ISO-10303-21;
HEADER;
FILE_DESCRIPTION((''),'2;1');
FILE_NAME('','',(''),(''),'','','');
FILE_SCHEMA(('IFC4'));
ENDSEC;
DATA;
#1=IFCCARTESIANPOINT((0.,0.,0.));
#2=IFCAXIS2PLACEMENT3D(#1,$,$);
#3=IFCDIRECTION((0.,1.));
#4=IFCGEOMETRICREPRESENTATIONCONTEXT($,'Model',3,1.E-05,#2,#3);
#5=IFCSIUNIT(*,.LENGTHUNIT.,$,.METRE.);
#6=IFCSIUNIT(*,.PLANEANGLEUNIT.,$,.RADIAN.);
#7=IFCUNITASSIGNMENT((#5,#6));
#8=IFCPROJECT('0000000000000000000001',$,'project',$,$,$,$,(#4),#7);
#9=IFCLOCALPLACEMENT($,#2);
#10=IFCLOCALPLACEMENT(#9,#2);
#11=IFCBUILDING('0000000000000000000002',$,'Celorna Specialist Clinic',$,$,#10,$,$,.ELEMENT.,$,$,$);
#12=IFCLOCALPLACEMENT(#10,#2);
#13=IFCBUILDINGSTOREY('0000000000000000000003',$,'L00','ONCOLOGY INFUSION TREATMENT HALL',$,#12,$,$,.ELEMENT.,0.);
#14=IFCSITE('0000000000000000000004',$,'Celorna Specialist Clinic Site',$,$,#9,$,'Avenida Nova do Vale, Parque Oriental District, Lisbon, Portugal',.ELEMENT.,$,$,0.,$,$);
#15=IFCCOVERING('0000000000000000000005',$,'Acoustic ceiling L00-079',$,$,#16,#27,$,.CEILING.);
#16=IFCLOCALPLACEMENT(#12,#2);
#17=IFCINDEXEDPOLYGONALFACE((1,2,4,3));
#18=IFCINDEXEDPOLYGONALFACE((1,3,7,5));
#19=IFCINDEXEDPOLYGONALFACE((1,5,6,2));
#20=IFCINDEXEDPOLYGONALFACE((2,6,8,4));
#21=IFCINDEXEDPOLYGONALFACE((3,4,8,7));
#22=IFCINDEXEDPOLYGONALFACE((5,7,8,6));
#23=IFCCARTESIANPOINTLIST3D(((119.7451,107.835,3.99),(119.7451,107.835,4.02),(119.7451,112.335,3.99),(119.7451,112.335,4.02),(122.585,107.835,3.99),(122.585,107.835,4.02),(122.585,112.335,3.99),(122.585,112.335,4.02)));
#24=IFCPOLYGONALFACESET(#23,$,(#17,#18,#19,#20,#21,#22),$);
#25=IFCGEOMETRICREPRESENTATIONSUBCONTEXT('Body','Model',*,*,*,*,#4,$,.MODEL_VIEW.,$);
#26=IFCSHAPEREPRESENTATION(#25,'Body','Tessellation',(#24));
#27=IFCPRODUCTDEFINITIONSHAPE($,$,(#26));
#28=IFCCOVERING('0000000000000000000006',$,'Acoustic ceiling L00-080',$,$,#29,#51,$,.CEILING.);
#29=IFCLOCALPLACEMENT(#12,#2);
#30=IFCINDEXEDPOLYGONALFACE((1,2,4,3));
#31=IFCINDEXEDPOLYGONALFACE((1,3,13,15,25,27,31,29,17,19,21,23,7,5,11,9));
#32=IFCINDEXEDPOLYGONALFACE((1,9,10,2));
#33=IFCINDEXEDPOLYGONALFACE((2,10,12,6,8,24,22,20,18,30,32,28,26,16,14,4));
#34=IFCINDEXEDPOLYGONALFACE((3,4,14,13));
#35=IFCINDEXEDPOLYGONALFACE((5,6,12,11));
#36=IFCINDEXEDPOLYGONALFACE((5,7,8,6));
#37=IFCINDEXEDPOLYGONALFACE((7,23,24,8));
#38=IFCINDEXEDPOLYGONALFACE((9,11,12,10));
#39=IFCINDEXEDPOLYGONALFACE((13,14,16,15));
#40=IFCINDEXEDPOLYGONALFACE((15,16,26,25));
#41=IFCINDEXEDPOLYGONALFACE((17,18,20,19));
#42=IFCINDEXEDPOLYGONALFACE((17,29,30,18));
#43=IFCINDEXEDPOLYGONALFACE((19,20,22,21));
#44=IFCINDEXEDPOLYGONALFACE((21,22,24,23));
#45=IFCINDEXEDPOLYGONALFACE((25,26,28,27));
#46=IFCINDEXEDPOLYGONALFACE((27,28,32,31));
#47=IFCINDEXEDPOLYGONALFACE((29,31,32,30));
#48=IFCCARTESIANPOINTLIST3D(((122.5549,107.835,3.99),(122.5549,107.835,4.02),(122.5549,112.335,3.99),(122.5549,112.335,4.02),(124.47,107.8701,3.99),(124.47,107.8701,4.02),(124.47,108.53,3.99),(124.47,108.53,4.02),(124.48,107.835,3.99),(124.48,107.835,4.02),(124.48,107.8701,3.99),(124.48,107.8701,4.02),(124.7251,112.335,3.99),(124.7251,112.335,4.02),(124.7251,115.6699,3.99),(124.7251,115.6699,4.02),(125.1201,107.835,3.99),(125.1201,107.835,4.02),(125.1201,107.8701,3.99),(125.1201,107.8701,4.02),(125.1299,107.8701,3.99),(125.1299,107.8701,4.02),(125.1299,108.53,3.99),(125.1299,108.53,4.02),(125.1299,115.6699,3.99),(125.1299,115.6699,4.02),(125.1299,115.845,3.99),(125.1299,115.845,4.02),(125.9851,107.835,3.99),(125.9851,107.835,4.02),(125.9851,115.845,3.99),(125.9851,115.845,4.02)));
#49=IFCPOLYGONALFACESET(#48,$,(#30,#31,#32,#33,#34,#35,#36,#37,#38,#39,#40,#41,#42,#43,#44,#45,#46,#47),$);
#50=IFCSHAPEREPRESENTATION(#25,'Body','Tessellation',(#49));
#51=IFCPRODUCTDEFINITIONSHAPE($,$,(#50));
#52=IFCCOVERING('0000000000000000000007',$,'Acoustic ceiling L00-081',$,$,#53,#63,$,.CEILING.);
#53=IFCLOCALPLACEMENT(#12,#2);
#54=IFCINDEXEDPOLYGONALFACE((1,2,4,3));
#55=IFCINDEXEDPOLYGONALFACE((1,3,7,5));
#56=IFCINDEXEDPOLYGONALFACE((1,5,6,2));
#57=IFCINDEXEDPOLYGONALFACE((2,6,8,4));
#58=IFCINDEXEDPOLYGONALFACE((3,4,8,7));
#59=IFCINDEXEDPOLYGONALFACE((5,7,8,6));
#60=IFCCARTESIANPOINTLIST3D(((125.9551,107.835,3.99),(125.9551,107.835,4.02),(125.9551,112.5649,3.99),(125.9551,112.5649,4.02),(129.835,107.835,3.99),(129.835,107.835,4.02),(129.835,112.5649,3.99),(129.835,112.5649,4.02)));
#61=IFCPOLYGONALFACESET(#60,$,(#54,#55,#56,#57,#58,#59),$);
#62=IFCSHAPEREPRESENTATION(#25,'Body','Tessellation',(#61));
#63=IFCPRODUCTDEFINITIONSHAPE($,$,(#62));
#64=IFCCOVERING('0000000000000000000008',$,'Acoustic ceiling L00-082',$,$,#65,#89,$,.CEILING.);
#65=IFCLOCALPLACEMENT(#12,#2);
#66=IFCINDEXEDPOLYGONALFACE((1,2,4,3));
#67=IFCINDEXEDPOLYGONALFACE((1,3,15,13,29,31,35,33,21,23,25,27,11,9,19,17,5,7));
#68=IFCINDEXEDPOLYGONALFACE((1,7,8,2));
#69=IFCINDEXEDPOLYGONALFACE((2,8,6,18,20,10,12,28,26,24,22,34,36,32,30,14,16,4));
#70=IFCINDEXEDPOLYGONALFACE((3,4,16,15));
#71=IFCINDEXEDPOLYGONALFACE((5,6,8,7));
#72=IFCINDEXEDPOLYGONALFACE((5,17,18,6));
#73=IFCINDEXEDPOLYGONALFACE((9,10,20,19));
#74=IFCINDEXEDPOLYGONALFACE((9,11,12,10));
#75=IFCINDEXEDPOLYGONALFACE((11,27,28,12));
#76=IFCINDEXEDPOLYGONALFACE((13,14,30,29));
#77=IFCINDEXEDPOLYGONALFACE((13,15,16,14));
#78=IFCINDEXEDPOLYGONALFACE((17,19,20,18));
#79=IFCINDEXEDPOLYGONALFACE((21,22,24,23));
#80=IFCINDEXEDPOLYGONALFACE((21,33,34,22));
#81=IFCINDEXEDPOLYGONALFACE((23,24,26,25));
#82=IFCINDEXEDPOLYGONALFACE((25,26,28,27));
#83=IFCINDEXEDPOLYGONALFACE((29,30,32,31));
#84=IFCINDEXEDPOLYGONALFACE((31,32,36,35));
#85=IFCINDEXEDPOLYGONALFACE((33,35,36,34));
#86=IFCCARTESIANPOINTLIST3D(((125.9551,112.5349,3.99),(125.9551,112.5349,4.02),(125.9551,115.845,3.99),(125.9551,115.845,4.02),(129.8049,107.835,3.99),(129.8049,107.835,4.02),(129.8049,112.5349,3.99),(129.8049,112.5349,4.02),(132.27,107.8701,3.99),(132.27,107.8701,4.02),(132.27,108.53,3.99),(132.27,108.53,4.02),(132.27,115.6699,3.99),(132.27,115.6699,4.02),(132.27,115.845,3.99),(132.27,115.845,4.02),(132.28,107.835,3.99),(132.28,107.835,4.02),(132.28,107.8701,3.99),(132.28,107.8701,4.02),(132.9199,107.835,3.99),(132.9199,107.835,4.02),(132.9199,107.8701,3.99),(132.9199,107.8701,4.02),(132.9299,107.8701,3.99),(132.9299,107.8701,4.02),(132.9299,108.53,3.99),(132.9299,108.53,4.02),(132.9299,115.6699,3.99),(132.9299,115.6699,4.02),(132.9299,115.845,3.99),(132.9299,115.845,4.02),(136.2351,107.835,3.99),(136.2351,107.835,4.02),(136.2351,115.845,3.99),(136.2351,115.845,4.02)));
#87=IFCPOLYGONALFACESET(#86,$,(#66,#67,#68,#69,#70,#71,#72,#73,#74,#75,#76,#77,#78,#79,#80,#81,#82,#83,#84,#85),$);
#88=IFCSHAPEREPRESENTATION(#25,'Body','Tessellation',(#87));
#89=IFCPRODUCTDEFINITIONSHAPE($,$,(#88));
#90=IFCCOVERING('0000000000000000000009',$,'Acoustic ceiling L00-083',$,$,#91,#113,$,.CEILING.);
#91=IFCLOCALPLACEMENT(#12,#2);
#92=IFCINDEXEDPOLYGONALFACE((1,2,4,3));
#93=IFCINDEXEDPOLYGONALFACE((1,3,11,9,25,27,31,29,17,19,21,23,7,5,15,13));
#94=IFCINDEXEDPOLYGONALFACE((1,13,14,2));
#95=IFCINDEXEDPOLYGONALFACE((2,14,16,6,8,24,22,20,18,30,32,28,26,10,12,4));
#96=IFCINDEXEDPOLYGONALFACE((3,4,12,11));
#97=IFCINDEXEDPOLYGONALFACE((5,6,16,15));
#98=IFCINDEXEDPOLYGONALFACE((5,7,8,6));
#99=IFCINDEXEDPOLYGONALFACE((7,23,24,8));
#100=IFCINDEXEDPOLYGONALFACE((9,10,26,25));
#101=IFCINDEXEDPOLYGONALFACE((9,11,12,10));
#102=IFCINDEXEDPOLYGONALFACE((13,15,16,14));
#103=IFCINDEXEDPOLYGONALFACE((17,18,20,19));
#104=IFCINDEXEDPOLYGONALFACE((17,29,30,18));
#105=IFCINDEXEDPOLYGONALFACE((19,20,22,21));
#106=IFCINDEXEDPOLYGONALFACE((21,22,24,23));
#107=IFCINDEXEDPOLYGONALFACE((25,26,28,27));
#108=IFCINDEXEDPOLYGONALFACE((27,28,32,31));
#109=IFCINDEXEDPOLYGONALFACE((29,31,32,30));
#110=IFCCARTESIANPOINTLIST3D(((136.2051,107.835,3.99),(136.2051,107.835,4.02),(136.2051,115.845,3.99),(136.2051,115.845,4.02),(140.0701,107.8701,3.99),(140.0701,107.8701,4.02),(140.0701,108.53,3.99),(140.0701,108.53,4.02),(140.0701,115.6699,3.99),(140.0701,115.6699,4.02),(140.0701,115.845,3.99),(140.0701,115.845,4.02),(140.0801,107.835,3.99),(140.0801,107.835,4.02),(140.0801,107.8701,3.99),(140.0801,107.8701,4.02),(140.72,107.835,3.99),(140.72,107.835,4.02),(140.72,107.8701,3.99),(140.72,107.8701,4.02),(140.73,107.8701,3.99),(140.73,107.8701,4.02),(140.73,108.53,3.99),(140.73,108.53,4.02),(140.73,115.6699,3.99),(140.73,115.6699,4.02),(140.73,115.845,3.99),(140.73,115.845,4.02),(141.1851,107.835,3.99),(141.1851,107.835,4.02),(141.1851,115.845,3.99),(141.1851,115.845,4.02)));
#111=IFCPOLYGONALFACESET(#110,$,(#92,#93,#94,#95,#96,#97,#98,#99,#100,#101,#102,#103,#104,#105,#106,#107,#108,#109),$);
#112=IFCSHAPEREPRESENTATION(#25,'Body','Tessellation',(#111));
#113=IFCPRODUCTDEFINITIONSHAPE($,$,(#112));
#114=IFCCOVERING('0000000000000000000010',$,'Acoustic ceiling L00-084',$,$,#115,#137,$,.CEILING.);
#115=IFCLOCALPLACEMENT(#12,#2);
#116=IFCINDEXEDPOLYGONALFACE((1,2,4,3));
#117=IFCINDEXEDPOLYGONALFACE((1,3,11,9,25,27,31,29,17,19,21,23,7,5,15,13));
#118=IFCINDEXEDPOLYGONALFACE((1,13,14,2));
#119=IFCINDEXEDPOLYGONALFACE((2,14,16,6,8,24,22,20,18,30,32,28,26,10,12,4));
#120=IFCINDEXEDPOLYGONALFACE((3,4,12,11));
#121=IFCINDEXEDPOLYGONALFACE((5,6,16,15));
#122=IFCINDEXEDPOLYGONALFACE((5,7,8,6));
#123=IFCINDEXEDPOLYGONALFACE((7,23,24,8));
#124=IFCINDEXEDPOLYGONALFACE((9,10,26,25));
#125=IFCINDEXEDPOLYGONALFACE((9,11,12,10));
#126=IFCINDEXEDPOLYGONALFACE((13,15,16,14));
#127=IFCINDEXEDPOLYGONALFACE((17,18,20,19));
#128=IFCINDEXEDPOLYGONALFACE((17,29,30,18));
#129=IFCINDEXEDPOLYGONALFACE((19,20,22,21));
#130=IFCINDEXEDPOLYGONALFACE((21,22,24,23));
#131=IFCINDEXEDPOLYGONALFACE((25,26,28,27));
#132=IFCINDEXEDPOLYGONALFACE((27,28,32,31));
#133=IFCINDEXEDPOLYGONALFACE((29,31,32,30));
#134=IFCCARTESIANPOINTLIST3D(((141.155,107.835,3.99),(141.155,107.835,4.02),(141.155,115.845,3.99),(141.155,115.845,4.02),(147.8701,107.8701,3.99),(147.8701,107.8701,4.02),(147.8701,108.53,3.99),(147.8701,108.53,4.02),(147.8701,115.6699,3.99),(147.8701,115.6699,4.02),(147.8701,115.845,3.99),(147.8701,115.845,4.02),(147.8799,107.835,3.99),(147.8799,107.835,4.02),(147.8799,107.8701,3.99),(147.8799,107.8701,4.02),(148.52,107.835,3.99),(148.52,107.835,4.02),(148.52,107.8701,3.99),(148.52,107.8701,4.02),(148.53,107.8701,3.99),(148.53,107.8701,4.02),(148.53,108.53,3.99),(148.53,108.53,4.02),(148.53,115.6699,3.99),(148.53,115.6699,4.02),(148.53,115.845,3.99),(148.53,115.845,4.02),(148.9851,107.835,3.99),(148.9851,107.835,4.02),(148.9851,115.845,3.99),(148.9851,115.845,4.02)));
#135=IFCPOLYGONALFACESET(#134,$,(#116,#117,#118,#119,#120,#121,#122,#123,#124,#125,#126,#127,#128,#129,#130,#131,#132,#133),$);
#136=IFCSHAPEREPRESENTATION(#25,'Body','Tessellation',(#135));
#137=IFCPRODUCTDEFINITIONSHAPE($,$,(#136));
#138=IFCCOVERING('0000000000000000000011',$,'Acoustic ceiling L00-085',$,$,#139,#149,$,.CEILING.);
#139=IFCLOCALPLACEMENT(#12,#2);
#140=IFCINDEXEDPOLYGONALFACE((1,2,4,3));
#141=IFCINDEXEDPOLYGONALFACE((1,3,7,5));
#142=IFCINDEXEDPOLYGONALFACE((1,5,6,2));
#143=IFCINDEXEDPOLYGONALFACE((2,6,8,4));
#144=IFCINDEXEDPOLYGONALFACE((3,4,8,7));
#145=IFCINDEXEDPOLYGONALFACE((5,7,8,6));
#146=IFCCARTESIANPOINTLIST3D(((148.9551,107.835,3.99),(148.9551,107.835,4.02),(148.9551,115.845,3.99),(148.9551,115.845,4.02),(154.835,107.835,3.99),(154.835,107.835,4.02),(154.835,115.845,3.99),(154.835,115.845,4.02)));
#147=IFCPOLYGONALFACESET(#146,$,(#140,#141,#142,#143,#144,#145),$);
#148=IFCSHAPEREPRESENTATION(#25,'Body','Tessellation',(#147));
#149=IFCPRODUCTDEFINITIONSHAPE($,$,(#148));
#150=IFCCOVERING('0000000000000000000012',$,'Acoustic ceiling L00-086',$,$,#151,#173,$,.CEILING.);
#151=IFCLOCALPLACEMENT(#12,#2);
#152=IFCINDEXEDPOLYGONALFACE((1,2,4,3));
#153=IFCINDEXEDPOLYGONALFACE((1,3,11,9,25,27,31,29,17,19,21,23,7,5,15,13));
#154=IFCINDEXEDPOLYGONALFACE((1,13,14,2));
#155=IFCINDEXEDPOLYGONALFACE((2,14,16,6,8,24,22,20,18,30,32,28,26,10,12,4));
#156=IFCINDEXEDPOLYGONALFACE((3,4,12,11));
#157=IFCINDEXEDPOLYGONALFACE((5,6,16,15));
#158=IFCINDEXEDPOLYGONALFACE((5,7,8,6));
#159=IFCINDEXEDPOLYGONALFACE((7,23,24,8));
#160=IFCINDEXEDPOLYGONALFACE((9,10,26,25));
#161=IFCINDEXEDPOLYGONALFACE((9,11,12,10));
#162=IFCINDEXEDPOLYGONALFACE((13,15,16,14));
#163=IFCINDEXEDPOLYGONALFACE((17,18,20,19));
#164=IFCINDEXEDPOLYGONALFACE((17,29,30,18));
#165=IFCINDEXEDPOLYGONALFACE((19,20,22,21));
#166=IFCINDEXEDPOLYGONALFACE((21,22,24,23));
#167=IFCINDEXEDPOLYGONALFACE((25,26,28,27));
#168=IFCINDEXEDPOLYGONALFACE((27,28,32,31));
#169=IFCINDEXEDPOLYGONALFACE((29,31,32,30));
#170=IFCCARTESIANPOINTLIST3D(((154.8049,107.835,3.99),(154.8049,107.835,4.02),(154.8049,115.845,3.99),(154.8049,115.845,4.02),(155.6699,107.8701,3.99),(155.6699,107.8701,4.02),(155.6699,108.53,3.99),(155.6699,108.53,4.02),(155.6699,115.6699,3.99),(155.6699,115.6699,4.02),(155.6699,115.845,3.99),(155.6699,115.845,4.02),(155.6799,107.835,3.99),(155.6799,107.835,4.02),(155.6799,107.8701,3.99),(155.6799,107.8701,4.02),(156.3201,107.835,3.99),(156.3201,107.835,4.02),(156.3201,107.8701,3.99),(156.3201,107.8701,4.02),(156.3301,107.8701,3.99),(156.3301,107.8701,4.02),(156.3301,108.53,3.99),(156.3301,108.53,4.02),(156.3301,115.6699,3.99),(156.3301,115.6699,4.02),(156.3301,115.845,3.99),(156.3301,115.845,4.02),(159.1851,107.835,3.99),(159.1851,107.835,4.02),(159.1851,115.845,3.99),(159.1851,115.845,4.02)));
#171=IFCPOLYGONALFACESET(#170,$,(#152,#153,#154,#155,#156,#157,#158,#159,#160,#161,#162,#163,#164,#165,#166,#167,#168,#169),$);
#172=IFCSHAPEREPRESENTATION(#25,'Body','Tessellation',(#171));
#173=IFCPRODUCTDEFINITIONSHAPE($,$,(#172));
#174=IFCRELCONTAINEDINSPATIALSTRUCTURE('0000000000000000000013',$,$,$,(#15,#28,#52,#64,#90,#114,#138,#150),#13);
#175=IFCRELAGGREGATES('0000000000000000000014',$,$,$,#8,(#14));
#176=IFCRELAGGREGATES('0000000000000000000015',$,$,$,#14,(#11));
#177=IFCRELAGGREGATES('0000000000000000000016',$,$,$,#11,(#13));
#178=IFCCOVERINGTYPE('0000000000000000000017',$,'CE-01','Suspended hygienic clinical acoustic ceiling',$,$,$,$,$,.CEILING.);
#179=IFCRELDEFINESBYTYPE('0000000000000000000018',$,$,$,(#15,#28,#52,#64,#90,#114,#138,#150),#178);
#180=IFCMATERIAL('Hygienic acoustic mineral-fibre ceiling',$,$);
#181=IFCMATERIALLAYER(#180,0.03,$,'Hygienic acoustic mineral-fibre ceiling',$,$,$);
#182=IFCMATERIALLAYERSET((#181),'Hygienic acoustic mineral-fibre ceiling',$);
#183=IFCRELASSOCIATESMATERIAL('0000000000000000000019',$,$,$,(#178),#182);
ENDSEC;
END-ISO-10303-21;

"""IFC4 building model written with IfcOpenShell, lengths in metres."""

from ifc_helpers import new_model, si_unit, direction, frame, origin, place, context, subcontext, project, spatial, polyline, outline, extrude, material, layer, layer_set, type_object, element, save


model = new_model("IFC4")

# Units and contexts
model_context = context("Model", 3, precision=1e-05, world=origin(), true_north=direction((0.0, 1.0)))
body_context = subcontext(model_context, "Body", "Model", "MODEL_VIEW")
ifc_project = project(units=[si_unit("LENGTHUNIT", "METRE"), si_unit("PLANEANGLEUNIT", "RADIAN")], contexts=[model_context])

# Site, building, storey
site_placement = place(None, origin())
site = spatial("IfcSite", under=ifc_project, at=site_placement, Name="Celorna Specialist Clinic Site", LongName="Avenida Nova do Vale, Parque Oriental District, Lisbon, Portugal", CompositionType="ELEMENT", RefElevation=0.0)
building_placement = place(site_placement, origin())
building = spatial("IfcBuilding", under=site, at=building_placement, Name="Celorna Specialist Clinic", CompositionType="ELEMENT")
storey_placement = place(building_placement, origin())
storey = spatial("IfcBuildingStorey", under=building, at=storey_placement, Name="L00", Description="ONCOLOGY INFUSION TREATMENT HALL", CompositionType="ELEMENT", Elevation=0.0)

# Coverings
ifc_material_1 = material(Name="Hygienic acoustic mineral-fibre ceiling")
ifc_layer_1 = layer(ifc_material_1, 0.03, Name="Hygienic acoustic mineral-fibre ceiling")
ifc_layer_set_1 = layer_set([ifc_layer_1], Name="Hygienic acoustic mineral-fibre ceiling")
covering_type_1 = type_object("IfcCoveringType", Name="CE-01", Description="Suspended hygienic clinical acoustic ceiling", PredefinedType="CEILING", material=ifc_layer_set_1)
covering_1_placement = place(storey_placement, frame((0.0, 0.0, 3.99)))
element("IfcCovering", 1, at=covering_1_placement, inside=storey, type_object=covering_type_1, Name="Acoustic ceiling L00-079", PredefinedType="CEILING", context=body_context, shape_type="SweptSolid", body=[
    extrude(outline(polyline([(119.7451, 112.335), (122.585, 112.335), (122.585, 107.835), (119.7451, 107.835), (119.7451, 112.335)])), origin(), (0.0, 0.0, 1.0), 0.03),
])
covering_2_placement = place(storey_placement, frame((0.0, 0.0, 3.99)))
element("IfcCovering", 2, at=covering_2_placement, inside=storey, type_object=covering_type_1, Name="Acoustic ceiling L00-080", PredefinedType="CEILING", context=body_context, shape_type="SweptSolid", body=[
    extrude(outline(polyline([(122.5549, 107.835), (122.5549, 112.335), (124.7251, 112.335), (124.7251, 115.6699), (125.1299, 115.6699), (125.1299, 115.845), (125.9851, 115.845), (125.9851, 107.835), (125.1201, 107.835), (125.1201, 107.8701), (125.1299, 107.8701), (125.1299, 108.53), (124.47, 108.53), (124.47, 107.8701), (124.48, 107.8701), (124.48, 107.835), (122.5549, 107.835)])), origin(), (0.0, 0.0, 1.0), 0.03),
])
covering_3_placement = place(storey_placement, frame((0.0, 0.0, 3.99)))
element("IfcCovering", 3, at=covering_3_placement, inside=storey, type_object=covering_type_1, Name="Acoustic ceiling L00-081", PredefinedType="CEILING", context=body_context, shape_type="SweptSolid", body=[
    extrude(outline(polyline([(129.835, 112.5649), (129.835, 107.835), (125.9551, 107.835), (125.9551, 112.5649), (129.835, 112.5649)])), origin(), (0.0, 0.0, 1.0), 0.03),
])
covering_4_placement = place(storey_placement, frame((0.0, 0.0, 3.99)))
element("IfcCovering", 4, at=covering_4_placement, inside=storey, type_object=covering_type_1, Name="Acoustic ceiling L00-082", PredefinedType="CEILING", context=body_context, shape_type="SweptSolid", body=[
    extrude(outline(polyline([(129.8049, 112.5349), (125.9551, 112.5349), (125.9551, 115.845), (132.27, 115.845), (132.27, 115.6699), (132.9299, 115.6699), (132.9299, 115.845), (136.2351, 115.845), (136.2351, 107.835), (132.9199, 107.835), (132.9199, 107.8701), (132.9299, 107.8701), (132.9299, 108.53), (132.27, 108.53), (132.27, 107.8701), (132.28, 107.8701), (132.28, 107.835), (129.8049, 107.835), (129.8049, 112.5349)])), origin(), (0.0, 0.0, 1.0), 0.03),
])
covering_5_placement = place(storey_placement, frame((0.0, 0.0, 3.99)))
element("IfcCovering", 5, at=covering_5_placement, inside=storey, type_object=covering_type_1, Name="Acoustic ceiling L00-083", PredefinedType="CEILING", context=body_context, shape_type="SweptSolid", body=[
    extrude(outline(polyline([(140.0701, 115.845), (140.0701, 115.6699), (140.73, 115.6699), (140.73, 115.845), (141.1851, 115.845), (141.1851, 107.835), (140.72, 107.835), (140.72, 107.8701), (140.73, 107.8701), (140.73, 108.53), (140.0701, 108.53), (140.0701, 107.8701), (140.0801, 107.8701), (140.0801, 107.835), (136.2051, 107.835), (136.2051, 115.845), (140.0701, 115.845)])), origin(), (0.0, 0.0, 1.0), 0.03),
])
covering_6_placement = place(storey_placement, frame((0.0, 0.0, 3.99)))
element("IfcCovering", 6, at=covering_6_placement, inside=storey, type_object=covering_type_1, Name="Acoustic ceiling L00-084", PredefinedType="CEILING", context=body_context, shape_type="SweptSolid", body=[
    extrude(outline(polyline([(147.8701, 115.845), (147.8701, 115.6699), (148.53, 115.6699), (148.53, 115.845), (148.9851, 115.845), (148.9851, 107.835), (148.52, 107.835), (148.52, 107.8701), (148.53, 107.8701), (148.53, 108.53), (147.8701, 108.53), (147.8701, 107.8701), (147.8799, 107.8701), (147.8799, 107.835), (141.155, 107.835), (141.155, 115.845), (147.8701, 115.845)])), origin(), (0.0, 0.0, 1.0), 0.03),
])
covering_7_placement = place(storey_placement, frame((0.0, 0.0, 3.99)))
element("IfcCovering", 7, at=covering_7_placement, inside=storey, type_object=covering_type_1, Name="Acoustic ceiling L00-085", PredefinedType="CEILING", context=body_context, shape_type="SweptSolid", body=[
    extrude(outline(polyline([(154.835, 115.845), (154.835, 107.835), (148.9551, 107.835), (148.9551, 115.845), (154.835, 115.845)])), origin(), (0.0, 0.0, 1.0), 0.03),
])
covering_8_placement = place(storey_placement, frame((0.0, 0.0, 3.99)))
element("IfcCovering", 8, at=covering_8_placement, inside=storey, type_object=covering_type_1, Name="Acoustic ceiling L00-086", PredefinedType="CEILING", context=body_context, shape_type="SweptSolid", body=[
    extrude(outline(polyline([(155.6699, 115.845), (155.6699, 115.6699), (156.3301, 115.6699), (156.3301, 115.845), (159.1851, 115.845), (159.1851, 107.835), (156.3201, 107.835), (156.3201, 107.8701), (156.3301, 107.8701), (156.3301, 108.53), (155.6699, 108.53), (155.6699, 107.8701), (155.6799, 107.8701), (155.6799, 107.835), (154.8049, 107.835), (154.8049, 115.845), (155.6699, 115.845)])), origin(), (0.0, 0.0, 1.0), 0.03),
])

save(model, "model.ifc")
